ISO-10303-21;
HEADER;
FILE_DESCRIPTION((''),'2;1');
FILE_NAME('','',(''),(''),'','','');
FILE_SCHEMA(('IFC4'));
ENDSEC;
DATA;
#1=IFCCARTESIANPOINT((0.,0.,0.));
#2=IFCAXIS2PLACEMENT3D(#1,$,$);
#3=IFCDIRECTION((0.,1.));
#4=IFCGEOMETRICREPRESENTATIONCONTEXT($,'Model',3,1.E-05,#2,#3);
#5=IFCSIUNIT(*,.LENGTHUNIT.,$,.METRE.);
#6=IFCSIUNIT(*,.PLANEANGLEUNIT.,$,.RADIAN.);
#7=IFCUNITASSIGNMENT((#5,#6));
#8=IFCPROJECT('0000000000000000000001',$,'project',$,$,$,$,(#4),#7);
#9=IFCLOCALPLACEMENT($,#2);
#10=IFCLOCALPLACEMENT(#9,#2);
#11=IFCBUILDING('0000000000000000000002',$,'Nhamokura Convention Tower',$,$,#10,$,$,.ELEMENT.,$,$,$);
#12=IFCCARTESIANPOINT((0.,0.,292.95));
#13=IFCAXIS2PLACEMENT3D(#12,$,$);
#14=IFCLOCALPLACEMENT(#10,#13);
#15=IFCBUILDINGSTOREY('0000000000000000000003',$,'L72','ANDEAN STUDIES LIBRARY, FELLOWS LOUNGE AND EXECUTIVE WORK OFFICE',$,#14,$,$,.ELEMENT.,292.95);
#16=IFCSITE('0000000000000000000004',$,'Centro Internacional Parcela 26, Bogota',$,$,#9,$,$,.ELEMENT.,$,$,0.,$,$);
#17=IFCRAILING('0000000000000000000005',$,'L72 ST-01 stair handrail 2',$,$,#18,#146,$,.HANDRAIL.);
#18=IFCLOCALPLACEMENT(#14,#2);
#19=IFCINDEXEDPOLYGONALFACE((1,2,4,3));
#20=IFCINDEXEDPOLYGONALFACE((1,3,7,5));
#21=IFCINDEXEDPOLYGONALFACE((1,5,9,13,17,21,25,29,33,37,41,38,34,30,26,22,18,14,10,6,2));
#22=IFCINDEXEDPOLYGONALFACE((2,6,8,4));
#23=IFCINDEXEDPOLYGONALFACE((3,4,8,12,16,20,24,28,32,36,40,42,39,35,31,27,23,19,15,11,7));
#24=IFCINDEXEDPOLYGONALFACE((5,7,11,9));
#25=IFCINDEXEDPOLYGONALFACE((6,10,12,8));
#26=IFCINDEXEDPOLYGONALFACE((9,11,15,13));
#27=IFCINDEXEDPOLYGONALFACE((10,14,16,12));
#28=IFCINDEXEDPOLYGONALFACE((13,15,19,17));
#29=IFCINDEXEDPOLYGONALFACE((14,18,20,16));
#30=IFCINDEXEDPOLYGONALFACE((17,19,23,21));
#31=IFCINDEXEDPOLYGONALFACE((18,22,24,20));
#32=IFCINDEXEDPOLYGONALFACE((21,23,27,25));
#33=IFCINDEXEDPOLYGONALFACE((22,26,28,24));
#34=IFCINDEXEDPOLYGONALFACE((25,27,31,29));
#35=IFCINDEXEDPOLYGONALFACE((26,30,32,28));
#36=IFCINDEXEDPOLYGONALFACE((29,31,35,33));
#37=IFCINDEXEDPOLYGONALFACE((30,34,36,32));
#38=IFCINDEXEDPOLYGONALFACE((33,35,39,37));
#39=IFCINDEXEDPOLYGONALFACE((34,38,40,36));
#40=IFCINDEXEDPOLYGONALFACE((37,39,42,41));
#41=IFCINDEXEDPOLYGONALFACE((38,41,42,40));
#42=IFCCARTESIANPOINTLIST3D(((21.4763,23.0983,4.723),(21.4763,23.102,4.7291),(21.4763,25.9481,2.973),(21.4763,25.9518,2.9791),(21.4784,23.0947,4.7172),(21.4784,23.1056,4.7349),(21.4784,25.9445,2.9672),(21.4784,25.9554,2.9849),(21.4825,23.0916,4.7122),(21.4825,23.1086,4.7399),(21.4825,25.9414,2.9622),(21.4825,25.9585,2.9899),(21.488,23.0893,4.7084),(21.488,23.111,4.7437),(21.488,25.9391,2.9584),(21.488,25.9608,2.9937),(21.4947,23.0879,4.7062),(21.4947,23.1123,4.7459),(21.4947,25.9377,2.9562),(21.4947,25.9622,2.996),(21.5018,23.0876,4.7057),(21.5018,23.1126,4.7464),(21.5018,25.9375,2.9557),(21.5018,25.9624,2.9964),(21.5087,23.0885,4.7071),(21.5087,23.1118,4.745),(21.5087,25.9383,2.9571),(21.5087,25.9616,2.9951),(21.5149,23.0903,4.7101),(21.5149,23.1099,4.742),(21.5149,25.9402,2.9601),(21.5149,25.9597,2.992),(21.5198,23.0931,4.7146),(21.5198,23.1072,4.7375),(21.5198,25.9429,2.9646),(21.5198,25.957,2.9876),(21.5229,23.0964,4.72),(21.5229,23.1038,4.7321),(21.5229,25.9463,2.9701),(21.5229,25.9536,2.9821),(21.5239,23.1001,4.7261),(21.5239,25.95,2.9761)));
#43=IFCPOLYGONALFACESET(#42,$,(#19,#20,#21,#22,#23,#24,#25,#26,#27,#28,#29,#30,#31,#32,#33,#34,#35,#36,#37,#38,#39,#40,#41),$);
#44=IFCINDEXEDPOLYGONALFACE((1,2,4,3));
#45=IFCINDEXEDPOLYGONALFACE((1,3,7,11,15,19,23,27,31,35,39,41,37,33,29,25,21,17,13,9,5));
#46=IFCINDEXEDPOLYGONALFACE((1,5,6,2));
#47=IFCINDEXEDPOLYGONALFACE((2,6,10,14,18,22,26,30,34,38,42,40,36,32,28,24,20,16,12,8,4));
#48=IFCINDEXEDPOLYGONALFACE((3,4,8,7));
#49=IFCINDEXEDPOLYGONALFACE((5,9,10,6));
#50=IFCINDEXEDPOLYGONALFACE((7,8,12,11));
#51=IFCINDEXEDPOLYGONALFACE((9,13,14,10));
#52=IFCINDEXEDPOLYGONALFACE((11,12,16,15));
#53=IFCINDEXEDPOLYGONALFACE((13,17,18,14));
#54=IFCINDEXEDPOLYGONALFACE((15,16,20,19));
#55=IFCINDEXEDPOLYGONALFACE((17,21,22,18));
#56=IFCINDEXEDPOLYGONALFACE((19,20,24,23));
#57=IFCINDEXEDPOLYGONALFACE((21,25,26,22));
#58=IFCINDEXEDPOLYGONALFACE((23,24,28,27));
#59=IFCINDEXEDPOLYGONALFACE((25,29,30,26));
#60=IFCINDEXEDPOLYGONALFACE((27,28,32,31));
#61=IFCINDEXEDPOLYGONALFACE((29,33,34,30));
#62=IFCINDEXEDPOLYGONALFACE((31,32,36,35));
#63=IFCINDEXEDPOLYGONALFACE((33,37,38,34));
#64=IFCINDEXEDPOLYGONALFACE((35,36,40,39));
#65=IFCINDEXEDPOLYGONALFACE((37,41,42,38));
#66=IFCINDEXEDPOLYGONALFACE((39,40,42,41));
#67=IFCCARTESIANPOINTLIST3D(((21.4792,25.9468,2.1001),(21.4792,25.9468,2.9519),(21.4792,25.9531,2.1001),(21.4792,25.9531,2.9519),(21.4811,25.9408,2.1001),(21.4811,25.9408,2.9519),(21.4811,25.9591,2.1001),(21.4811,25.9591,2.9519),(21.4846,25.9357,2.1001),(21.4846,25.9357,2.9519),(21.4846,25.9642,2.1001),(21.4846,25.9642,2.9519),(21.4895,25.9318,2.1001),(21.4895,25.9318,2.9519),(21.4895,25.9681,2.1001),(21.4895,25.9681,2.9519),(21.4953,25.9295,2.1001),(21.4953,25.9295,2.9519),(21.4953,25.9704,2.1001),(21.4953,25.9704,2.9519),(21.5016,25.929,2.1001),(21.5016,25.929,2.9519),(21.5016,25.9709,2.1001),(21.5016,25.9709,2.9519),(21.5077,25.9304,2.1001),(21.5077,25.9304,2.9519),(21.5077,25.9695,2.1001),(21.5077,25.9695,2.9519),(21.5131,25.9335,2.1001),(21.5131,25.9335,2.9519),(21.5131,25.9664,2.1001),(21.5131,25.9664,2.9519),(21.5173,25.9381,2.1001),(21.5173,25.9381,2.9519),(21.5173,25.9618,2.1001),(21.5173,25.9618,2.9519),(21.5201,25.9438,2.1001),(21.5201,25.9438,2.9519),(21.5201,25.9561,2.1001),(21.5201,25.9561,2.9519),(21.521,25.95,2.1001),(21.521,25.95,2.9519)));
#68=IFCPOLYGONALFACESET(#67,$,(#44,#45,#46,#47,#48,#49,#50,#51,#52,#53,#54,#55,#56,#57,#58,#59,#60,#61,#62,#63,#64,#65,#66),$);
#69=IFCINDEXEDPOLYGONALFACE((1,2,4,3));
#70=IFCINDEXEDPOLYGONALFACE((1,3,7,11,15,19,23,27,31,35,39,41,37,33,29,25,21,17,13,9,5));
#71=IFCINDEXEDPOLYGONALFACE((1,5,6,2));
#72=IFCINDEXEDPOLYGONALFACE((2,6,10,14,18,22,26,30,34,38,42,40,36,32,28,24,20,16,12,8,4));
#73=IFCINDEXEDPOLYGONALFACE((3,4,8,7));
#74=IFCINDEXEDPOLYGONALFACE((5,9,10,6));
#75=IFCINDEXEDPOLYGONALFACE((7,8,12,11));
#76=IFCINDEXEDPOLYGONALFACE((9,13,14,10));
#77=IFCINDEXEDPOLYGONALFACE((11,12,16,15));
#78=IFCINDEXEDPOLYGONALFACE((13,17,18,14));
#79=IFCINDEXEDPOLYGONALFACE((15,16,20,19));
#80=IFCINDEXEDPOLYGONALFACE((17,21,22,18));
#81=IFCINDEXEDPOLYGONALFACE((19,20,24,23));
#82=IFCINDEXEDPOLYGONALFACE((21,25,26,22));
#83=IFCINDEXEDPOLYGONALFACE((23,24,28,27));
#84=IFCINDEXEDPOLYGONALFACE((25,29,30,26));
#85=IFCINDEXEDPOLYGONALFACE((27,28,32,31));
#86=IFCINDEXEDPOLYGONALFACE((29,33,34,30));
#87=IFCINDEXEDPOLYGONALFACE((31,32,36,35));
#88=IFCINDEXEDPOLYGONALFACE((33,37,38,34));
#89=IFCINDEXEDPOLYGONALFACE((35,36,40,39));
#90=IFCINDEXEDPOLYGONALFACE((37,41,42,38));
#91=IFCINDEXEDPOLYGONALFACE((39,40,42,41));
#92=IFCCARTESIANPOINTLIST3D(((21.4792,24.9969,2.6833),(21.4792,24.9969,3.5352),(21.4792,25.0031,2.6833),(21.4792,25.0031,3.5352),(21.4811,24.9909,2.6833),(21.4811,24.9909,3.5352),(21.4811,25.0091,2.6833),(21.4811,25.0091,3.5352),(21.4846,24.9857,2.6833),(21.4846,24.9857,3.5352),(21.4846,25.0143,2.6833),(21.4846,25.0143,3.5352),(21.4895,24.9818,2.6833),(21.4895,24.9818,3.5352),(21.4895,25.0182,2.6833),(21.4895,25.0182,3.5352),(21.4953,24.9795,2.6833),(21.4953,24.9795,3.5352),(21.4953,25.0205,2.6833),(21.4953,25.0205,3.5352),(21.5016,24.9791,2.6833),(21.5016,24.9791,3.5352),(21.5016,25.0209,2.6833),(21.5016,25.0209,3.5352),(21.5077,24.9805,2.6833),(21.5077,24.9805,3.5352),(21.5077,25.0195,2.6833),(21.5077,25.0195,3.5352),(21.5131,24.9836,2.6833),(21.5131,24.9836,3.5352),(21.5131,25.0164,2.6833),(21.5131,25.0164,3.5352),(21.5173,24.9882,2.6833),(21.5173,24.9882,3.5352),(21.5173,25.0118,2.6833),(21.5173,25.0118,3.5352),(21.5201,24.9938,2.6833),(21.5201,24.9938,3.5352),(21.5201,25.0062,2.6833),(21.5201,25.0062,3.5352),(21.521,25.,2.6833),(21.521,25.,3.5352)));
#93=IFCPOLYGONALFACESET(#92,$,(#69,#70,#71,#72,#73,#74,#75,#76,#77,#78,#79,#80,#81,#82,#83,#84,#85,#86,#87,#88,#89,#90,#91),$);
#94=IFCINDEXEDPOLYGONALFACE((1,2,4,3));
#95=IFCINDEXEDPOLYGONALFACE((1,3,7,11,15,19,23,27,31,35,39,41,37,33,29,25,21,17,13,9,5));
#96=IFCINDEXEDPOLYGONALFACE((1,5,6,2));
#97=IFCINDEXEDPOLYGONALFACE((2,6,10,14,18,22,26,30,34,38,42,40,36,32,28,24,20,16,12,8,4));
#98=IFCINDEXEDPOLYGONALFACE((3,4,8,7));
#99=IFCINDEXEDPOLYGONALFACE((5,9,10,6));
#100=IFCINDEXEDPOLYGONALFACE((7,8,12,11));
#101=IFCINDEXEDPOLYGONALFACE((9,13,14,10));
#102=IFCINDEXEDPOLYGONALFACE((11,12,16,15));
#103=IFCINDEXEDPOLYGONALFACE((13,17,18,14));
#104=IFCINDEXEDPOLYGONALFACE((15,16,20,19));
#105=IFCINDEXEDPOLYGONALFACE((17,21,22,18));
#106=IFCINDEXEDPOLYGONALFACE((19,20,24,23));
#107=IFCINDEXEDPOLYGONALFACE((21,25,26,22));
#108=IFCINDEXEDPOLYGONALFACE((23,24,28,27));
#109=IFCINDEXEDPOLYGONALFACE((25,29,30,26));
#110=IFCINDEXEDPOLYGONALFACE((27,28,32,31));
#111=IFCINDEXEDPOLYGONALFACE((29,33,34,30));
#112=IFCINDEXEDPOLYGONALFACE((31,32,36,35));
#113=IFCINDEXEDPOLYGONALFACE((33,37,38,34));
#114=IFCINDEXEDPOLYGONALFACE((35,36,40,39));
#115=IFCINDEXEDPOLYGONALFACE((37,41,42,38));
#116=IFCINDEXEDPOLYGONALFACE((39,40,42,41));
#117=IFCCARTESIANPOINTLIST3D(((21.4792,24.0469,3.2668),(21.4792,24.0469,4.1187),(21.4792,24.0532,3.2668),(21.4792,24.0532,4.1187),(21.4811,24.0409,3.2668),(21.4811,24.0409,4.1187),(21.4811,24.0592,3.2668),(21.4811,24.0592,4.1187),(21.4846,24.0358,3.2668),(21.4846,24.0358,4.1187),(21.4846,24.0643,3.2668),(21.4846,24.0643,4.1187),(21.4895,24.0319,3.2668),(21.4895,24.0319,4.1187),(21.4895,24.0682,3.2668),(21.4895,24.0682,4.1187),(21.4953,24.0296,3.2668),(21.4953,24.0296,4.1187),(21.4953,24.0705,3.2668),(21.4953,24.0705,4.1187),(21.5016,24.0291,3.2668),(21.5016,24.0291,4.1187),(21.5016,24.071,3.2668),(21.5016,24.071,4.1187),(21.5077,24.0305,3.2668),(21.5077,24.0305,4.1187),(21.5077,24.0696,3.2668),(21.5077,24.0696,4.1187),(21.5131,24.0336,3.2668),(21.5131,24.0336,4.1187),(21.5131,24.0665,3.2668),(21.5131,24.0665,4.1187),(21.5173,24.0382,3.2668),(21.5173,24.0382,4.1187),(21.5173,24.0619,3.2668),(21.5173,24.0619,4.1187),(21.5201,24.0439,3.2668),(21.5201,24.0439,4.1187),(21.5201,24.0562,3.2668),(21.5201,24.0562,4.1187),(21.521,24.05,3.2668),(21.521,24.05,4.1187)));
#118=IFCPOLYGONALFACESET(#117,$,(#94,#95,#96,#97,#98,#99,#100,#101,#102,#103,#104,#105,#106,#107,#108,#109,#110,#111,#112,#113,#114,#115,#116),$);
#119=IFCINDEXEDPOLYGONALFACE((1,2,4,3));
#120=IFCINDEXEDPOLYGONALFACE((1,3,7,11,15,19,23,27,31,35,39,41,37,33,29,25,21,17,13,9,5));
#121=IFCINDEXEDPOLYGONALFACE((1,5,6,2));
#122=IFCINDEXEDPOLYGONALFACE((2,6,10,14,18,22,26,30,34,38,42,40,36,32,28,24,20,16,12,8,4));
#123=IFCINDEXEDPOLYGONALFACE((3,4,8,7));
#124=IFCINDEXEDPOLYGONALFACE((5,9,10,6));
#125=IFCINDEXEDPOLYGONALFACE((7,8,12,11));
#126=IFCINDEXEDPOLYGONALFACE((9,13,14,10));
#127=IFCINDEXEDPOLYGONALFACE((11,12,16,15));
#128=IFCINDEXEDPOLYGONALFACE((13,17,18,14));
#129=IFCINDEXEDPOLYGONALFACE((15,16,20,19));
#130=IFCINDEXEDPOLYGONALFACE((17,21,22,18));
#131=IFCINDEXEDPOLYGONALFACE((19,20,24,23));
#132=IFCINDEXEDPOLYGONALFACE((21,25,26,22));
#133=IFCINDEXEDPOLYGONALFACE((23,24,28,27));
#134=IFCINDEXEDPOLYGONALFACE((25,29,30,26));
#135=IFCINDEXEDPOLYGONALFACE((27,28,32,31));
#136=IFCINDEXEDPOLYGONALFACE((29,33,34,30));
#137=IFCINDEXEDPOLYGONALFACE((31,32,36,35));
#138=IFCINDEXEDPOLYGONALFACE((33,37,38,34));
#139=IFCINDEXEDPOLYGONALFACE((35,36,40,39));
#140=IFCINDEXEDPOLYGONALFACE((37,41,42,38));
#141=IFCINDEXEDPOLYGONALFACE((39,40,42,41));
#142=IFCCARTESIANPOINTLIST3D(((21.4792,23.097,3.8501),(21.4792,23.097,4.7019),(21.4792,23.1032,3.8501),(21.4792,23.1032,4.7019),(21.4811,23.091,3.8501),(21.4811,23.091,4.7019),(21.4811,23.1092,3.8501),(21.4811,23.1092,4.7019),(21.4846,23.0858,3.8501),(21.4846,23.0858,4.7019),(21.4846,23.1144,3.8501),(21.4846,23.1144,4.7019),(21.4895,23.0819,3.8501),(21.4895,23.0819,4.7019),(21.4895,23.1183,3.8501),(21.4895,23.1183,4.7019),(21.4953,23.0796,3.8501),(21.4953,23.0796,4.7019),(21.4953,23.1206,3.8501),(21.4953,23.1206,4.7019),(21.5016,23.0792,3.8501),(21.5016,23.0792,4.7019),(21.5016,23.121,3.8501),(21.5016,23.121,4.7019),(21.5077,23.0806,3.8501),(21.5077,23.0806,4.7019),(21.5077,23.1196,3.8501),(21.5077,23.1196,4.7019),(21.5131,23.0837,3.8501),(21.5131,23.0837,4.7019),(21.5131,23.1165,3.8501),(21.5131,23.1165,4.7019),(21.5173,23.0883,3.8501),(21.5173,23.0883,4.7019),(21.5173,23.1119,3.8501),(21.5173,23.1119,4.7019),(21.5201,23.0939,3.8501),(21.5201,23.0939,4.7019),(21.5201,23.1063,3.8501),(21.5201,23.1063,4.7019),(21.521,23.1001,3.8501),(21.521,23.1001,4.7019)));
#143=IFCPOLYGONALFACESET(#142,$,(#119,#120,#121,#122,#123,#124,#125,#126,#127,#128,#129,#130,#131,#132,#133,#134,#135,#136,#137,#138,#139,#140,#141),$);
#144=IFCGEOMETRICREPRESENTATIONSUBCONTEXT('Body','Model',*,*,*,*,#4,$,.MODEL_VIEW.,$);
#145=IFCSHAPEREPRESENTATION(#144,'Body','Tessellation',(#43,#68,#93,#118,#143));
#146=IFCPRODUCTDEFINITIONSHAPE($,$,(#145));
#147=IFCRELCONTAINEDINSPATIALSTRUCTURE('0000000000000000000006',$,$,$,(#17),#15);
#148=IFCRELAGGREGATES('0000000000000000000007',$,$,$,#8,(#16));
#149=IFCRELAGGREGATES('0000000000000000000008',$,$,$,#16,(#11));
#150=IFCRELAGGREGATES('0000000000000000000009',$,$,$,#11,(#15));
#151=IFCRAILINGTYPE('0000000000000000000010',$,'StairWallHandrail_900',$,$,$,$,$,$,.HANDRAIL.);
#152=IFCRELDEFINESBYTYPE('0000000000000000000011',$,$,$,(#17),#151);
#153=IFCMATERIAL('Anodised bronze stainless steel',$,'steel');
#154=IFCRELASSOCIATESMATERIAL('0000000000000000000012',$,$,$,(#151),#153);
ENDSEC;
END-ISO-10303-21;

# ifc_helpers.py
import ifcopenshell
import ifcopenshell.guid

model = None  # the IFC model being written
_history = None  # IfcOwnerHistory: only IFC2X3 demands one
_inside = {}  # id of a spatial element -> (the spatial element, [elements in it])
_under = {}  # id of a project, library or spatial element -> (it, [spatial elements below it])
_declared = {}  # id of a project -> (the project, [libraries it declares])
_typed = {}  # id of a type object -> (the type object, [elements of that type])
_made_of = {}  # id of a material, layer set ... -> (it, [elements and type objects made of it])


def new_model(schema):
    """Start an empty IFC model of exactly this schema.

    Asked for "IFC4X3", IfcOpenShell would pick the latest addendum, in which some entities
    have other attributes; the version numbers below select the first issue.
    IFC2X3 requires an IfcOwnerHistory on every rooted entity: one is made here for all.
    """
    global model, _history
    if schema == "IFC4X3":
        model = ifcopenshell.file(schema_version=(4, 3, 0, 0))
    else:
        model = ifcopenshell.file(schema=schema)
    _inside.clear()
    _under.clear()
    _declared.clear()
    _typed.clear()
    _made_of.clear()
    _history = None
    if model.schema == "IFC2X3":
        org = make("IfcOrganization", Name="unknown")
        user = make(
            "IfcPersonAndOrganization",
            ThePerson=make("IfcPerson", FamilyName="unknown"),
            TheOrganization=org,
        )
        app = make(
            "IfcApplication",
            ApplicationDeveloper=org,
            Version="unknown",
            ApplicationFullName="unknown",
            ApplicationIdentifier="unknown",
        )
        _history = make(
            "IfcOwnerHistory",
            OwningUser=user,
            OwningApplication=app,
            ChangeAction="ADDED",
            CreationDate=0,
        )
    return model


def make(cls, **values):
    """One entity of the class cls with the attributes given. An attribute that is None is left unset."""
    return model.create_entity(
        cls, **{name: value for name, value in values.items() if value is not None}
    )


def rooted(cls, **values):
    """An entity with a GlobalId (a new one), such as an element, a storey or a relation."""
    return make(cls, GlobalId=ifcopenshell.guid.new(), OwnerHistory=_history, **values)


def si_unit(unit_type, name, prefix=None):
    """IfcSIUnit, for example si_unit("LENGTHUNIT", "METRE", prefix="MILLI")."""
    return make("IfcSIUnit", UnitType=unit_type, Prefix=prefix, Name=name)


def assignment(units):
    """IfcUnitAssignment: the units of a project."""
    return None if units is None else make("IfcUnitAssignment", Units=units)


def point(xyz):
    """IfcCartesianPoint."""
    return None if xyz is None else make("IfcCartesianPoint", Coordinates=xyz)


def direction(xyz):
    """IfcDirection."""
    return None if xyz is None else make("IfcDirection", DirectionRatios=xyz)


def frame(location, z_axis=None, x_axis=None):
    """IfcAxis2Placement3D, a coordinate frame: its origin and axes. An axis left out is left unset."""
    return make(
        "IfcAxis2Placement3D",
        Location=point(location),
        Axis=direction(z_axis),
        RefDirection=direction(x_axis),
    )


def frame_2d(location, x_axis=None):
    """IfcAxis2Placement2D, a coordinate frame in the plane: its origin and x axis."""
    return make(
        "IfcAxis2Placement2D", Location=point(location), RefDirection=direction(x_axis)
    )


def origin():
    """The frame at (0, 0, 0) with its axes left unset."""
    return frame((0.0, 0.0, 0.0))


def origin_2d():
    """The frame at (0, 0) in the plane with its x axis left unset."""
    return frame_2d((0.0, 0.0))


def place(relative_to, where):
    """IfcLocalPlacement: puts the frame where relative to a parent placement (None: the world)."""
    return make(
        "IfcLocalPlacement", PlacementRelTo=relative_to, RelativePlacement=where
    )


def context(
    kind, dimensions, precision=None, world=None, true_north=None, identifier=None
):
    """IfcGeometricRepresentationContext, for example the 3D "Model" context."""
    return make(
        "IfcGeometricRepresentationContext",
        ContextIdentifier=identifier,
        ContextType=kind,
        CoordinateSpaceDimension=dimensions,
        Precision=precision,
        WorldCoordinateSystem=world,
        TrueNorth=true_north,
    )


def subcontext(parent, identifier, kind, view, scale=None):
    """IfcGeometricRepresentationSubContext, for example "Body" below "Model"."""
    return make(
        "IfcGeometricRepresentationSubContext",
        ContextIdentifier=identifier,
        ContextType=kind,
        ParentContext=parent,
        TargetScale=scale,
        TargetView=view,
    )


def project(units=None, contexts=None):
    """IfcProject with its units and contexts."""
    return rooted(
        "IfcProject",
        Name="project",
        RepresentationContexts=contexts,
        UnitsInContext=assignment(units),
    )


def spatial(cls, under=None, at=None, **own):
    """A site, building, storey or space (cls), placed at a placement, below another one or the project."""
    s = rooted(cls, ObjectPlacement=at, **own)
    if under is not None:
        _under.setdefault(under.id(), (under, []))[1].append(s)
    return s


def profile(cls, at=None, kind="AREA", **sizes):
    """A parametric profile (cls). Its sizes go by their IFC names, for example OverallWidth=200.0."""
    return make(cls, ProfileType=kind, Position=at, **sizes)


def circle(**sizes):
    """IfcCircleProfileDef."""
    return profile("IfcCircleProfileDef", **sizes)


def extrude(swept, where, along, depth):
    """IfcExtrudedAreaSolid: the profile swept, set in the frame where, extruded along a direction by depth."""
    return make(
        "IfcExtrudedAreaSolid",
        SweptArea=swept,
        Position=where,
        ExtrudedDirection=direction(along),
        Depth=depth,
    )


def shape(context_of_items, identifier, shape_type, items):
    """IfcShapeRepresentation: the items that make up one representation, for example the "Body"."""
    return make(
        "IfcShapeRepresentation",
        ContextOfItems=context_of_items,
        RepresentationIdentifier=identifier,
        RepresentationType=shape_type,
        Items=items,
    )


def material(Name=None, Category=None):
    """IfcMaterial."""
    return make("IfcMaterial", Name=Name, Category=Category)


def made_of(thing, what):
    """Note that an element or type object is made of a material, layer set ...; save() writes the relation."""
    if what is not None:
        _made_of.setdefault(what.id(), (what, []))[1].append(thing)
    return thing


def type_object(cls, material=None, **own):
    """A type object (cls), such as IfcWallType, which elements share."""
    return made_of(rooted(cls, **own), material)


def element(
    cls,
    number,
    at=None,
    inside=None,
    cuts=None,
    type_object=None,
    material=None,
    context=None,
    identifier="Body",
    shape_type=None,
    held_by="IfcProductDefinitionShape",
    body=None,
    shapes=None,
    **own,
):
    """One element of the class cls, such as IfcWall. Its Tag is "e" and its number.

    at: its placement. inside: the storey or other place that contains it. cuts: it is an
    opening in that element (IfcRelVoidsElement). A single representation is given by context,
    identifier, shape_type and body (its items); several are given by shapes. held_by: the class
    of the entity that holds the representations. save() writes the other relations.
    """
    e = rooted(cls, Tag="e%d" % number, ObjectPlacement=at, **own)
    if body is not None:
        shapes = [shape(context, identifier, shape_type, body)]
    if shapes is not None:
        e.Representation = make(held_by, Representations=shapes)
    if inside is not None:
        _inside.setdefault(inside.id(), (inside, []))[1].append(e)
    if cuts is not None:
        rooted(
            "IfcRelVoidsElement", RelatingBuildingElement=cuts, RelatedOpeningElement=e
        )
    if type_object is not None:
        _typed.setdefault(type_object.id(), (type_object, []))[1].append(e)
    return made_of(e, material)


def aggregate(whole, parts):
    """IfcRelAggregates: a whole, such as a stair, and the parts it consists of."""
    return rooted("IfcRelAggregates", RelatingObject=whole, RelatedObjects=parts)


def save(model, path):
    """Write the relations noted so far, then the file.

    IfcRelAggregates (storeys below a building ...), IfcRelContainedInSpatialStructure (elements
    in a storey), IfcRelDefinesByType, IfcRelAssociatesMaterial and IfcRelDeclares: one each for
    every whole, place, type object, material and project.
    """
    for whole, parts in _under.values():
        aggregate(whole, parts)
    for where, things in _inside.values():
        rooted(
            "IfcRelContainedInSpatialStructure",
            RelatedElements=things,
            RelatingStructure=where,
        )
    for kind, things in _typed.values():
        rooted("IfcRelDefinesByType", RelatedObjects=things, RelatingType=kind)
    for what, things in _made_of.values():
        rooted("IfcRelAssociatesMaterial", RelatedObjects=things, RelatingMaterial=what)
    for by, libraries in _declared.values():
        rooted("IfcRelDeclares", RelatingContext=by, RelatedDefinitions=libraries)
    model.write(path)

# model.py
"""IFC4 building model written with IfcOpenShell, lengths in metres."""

from ifc_helpers import new_model, si_unit, direction, frame, origin, origin_2d, place, context, subcontext, project, spatial, circle, extrude, material, type_object, element, save


model = new_model("IFC4")

# Units and contexts
model_context = context("Model", 3, precision=1e-05, world=origin(), true_north=direction((0.0, 1.0)))
body_context = subcontext(model_context, "Body", "Model", "MODEL_VIEW")
ifc_project = project(units=[si_unit("LENGTHUNIT", "METRE"), si_unit("PLANEANGLEUNIT", "RADIAN")], contexts=[model_context])

# Site, building, storey
site_placement = place(None, origin())
site = spatial("IfcSite", under=ifc_project, at=site_placement, Name="Centro Internacional Parcela 26, Bogota", CompositionType="ELEMENT", RefElevation=0.0)
building_placement = place(site_placement, origin())
building = spatial("IfcBuilding", under=site, at=building_placement, Name="Nhamokura Convention Tower", CompositionType="ELEMENT")
storey_placement = place(building_placement, frame((0.0, 0.0, 292.95)))
storey = spatial("IfcBuildingStorey", under=building, at=storey_placement, Name="L72", Description="ANDEAN STUDIES LIBRARY, FELLOWS LOUNGE AND EXECUTIVE WORK OFFICE", CompositionType="ELEMENT", Elevation=292.95)

# Railing
ifc_material_1 = material(Name="Anodised bronze stainless steel", Category="steel")
railing_type_1 = type_object("IfcRailingType", Name="StairWallHandrail_900", PredefinedType="HANDRAIL", material=ifc_material_1)
railing_1_placement = place(storey_placement, frame((21.5, 25.95, 2.1001)))
element("IfcRailing", 1, at=railing_1_placement, inside=storey, type_object=railing_type_1, Name="L72 ST-01 stair handrail 2", PredefinedType="HANDRAIL", context=body_context, shape_type="SweptSolid", body=[
    extrude(circle(Radius=0.0239, at=origin_2d()), frame((0.0, 0.0, 0.876), z_axis=(0.0, -0.852159, 0.523283), x_axis=(1.0, 0.0, 0.0)), (0.0, 0.0, 1.0), 3.3442),
    extrude(circle(Radius=0.021, at=origin_2d()), origin(), (0.0, 0.0, 1.0), 0.8518),
    extrude(circle(Radius=0.021, at=origin_2d()), frame((0.0, -0.95, 0.5833)), (0.0, 0.0, 1.0), 0.8518),
    extrude(circle(Radius=0.021, at=origin_2d()), frame((0.0, -1.8999, 1.1667)), (0.0, 0.0, 1.0), 0.8518),
    extrude(circle(Radius=0.021, at=origin_2d()), frame((0.0, -2.8499, 1.75)), (0.0, 0.0, 1.0), 0.8518),
])

save(model, "model.ifc")
